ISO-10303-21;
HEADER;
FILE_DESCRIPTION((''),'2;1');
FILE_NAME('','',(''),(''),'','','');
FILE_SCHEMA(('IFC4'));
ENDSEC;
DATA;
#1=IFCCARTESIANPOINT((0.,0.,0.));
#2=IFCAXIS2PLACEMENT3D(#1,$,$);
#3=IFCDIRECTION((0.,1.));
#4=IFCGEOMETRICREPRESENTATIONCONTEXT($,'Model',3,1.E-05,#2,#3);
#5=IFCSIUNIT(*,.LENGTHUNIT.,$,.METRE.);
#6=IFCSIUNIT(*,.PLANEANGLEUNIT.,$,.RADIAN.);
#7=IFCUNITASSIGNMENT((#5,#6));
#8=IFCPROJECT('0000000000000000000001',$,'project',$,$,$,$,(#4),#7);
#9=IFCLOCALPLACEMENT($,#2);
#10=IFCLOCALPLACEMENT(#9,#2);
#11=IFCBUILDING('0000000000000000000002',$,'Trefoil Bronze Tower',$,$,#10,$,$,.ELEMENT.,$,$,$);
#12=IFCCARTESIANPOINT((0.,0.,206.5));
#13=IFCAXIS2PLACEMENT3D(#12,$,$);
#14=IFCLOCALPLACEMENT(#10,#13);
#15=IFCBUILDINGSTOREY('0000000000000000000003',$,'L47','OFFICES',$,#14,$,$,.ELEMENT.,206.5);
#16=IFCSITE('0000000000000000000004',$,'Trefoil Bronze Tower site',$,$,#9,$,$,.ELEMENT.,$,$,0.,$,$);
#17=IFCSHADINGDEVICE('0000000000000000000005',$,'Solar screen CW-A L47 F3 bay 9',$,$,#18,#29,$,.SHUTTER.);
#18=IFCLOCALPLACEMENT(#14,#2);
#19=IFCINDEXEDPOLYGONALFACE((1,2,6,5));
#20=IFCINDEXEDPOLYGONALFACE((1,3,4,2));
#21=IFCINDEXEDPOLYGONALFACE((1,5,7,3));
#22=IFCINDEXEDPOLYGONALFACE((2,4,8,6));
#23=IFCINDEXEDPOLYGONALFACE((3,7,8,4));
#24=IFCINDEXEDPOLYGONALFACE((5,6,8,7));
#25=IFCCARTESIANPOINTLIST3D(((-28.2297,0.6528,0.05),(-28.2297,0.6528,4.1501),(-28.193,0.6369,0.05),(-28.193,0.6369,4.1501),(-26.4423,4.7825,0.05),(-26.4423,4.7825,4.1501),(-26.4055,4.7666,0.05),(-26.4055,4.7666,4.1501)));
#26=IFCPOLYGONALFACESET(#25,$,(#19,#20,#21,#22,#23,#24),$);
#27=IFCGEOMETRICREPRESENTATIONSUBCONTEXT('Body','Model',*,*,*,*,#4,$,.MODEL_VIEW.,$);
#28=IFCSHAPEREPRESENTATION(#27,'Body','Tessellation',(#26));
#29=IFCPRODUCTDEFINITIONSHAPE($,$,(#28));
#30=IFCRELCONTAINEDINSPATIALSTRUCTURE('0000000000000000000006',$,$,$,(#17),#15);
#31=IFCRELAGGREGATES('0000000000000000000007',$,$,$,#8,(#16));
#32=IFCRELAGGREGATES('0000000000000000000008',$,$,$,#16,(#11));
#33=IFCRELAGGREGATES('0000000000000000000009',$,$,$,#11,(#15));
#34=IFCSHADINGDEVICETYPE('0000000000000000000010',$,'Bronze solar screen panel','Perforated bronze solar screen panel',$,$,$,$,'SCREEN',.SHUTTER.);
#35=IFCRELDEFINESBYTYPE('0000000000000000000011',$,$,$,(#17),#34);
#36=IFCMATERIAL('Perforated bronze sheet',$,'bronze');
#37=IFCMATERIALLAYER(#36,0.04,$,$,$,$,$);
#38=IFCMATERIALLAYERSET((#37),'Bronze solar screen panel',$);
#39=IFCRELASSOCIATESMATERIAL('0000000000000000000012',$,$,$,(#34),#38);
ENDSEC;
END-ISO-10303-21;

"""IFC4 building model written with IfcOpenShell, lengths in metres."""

from ifc_helpers import new_model, si_unit, direction, frame, origin, origin_2d, place, context, subcontext, project, spatial, rectangle, extrude, material, layer, layer_set, type_object, element, save


model = new_model("IFC4")

# Units and contexts
model_context = context("Model", 3, precision=1e-05, world=origin(), true_north=direction((0.0, 1.0)))
body_context = subcontext(model_context, "Body", "Model", "MODEL_VIEW")
ifc_project = project(units=[si_unit("LENGTHUNIT", "METRE"), si_unit("PLANEANGLEUNIT", "RADIAN")], contexts=[model_context])

# Site, building, storey
site_placement = place(None, origin())
site = spatial("IfcSite", under=ifc_project, at=site_placement, Name="Trefoil Bronze Tower site", CompositionType="ELEMENT", RefElevation=0.0)
building_placement = place(site_placement, origin())
building = spatial("IfcBuilding", under=site, at=building_placement, Name="Trefoil Bronze Tower", CompositionType="ELEMENT")
storey_placement = place(building_placement, frame((0.0, 0.0, 206.5)))
storey = spatial("IfcBuildingStorey", under=building, at=storey_placement, Name="L47", Description="OFFICES", CompositionType="ELEMENT", Elevation=206.5)

# Shading device
ifc_material_1 = material(Name="Perforated bronze sheet", Category="bronze")
ifc_layer_1 = layer(ifc_material_1, 0.04)
ifc_layer_set_1 = layer_set([ifc_layer_1], Name="Bronze solar screen panel")
shading_device_type = type_object("IfcShadingDeviceType", Name="Bronze solar screen panel", Description="Perforated bronze solar screen panel", ElementType="SCREEN", PredefinedType="SHUTTER", material=ifc_layer_set_1)
shading_device_1_placement = place(storey_placement, frame((-27.3176, 2.7097, 0.05), z_axis=(0.0, 0.0, 1.0), x_axis=(-0.39722, -0.917723, 0.0)))
element("IfcShadingDevice", 1, at=shading_device_1_placement, inside=storey, type_object=shading_device_type, Name="Solar screen CW-A L47 F3 bay 9", PredefinedType="SHUTTER", context=body_context, shape_type="SweptSolid", body=[
    extrude(rectangle(XDim=4.5, YDim=0.04, at=origin_2d()), origin(), (0.0, 0.0, 1.0), 4.1001),
])

save(model, "model.ifc")
